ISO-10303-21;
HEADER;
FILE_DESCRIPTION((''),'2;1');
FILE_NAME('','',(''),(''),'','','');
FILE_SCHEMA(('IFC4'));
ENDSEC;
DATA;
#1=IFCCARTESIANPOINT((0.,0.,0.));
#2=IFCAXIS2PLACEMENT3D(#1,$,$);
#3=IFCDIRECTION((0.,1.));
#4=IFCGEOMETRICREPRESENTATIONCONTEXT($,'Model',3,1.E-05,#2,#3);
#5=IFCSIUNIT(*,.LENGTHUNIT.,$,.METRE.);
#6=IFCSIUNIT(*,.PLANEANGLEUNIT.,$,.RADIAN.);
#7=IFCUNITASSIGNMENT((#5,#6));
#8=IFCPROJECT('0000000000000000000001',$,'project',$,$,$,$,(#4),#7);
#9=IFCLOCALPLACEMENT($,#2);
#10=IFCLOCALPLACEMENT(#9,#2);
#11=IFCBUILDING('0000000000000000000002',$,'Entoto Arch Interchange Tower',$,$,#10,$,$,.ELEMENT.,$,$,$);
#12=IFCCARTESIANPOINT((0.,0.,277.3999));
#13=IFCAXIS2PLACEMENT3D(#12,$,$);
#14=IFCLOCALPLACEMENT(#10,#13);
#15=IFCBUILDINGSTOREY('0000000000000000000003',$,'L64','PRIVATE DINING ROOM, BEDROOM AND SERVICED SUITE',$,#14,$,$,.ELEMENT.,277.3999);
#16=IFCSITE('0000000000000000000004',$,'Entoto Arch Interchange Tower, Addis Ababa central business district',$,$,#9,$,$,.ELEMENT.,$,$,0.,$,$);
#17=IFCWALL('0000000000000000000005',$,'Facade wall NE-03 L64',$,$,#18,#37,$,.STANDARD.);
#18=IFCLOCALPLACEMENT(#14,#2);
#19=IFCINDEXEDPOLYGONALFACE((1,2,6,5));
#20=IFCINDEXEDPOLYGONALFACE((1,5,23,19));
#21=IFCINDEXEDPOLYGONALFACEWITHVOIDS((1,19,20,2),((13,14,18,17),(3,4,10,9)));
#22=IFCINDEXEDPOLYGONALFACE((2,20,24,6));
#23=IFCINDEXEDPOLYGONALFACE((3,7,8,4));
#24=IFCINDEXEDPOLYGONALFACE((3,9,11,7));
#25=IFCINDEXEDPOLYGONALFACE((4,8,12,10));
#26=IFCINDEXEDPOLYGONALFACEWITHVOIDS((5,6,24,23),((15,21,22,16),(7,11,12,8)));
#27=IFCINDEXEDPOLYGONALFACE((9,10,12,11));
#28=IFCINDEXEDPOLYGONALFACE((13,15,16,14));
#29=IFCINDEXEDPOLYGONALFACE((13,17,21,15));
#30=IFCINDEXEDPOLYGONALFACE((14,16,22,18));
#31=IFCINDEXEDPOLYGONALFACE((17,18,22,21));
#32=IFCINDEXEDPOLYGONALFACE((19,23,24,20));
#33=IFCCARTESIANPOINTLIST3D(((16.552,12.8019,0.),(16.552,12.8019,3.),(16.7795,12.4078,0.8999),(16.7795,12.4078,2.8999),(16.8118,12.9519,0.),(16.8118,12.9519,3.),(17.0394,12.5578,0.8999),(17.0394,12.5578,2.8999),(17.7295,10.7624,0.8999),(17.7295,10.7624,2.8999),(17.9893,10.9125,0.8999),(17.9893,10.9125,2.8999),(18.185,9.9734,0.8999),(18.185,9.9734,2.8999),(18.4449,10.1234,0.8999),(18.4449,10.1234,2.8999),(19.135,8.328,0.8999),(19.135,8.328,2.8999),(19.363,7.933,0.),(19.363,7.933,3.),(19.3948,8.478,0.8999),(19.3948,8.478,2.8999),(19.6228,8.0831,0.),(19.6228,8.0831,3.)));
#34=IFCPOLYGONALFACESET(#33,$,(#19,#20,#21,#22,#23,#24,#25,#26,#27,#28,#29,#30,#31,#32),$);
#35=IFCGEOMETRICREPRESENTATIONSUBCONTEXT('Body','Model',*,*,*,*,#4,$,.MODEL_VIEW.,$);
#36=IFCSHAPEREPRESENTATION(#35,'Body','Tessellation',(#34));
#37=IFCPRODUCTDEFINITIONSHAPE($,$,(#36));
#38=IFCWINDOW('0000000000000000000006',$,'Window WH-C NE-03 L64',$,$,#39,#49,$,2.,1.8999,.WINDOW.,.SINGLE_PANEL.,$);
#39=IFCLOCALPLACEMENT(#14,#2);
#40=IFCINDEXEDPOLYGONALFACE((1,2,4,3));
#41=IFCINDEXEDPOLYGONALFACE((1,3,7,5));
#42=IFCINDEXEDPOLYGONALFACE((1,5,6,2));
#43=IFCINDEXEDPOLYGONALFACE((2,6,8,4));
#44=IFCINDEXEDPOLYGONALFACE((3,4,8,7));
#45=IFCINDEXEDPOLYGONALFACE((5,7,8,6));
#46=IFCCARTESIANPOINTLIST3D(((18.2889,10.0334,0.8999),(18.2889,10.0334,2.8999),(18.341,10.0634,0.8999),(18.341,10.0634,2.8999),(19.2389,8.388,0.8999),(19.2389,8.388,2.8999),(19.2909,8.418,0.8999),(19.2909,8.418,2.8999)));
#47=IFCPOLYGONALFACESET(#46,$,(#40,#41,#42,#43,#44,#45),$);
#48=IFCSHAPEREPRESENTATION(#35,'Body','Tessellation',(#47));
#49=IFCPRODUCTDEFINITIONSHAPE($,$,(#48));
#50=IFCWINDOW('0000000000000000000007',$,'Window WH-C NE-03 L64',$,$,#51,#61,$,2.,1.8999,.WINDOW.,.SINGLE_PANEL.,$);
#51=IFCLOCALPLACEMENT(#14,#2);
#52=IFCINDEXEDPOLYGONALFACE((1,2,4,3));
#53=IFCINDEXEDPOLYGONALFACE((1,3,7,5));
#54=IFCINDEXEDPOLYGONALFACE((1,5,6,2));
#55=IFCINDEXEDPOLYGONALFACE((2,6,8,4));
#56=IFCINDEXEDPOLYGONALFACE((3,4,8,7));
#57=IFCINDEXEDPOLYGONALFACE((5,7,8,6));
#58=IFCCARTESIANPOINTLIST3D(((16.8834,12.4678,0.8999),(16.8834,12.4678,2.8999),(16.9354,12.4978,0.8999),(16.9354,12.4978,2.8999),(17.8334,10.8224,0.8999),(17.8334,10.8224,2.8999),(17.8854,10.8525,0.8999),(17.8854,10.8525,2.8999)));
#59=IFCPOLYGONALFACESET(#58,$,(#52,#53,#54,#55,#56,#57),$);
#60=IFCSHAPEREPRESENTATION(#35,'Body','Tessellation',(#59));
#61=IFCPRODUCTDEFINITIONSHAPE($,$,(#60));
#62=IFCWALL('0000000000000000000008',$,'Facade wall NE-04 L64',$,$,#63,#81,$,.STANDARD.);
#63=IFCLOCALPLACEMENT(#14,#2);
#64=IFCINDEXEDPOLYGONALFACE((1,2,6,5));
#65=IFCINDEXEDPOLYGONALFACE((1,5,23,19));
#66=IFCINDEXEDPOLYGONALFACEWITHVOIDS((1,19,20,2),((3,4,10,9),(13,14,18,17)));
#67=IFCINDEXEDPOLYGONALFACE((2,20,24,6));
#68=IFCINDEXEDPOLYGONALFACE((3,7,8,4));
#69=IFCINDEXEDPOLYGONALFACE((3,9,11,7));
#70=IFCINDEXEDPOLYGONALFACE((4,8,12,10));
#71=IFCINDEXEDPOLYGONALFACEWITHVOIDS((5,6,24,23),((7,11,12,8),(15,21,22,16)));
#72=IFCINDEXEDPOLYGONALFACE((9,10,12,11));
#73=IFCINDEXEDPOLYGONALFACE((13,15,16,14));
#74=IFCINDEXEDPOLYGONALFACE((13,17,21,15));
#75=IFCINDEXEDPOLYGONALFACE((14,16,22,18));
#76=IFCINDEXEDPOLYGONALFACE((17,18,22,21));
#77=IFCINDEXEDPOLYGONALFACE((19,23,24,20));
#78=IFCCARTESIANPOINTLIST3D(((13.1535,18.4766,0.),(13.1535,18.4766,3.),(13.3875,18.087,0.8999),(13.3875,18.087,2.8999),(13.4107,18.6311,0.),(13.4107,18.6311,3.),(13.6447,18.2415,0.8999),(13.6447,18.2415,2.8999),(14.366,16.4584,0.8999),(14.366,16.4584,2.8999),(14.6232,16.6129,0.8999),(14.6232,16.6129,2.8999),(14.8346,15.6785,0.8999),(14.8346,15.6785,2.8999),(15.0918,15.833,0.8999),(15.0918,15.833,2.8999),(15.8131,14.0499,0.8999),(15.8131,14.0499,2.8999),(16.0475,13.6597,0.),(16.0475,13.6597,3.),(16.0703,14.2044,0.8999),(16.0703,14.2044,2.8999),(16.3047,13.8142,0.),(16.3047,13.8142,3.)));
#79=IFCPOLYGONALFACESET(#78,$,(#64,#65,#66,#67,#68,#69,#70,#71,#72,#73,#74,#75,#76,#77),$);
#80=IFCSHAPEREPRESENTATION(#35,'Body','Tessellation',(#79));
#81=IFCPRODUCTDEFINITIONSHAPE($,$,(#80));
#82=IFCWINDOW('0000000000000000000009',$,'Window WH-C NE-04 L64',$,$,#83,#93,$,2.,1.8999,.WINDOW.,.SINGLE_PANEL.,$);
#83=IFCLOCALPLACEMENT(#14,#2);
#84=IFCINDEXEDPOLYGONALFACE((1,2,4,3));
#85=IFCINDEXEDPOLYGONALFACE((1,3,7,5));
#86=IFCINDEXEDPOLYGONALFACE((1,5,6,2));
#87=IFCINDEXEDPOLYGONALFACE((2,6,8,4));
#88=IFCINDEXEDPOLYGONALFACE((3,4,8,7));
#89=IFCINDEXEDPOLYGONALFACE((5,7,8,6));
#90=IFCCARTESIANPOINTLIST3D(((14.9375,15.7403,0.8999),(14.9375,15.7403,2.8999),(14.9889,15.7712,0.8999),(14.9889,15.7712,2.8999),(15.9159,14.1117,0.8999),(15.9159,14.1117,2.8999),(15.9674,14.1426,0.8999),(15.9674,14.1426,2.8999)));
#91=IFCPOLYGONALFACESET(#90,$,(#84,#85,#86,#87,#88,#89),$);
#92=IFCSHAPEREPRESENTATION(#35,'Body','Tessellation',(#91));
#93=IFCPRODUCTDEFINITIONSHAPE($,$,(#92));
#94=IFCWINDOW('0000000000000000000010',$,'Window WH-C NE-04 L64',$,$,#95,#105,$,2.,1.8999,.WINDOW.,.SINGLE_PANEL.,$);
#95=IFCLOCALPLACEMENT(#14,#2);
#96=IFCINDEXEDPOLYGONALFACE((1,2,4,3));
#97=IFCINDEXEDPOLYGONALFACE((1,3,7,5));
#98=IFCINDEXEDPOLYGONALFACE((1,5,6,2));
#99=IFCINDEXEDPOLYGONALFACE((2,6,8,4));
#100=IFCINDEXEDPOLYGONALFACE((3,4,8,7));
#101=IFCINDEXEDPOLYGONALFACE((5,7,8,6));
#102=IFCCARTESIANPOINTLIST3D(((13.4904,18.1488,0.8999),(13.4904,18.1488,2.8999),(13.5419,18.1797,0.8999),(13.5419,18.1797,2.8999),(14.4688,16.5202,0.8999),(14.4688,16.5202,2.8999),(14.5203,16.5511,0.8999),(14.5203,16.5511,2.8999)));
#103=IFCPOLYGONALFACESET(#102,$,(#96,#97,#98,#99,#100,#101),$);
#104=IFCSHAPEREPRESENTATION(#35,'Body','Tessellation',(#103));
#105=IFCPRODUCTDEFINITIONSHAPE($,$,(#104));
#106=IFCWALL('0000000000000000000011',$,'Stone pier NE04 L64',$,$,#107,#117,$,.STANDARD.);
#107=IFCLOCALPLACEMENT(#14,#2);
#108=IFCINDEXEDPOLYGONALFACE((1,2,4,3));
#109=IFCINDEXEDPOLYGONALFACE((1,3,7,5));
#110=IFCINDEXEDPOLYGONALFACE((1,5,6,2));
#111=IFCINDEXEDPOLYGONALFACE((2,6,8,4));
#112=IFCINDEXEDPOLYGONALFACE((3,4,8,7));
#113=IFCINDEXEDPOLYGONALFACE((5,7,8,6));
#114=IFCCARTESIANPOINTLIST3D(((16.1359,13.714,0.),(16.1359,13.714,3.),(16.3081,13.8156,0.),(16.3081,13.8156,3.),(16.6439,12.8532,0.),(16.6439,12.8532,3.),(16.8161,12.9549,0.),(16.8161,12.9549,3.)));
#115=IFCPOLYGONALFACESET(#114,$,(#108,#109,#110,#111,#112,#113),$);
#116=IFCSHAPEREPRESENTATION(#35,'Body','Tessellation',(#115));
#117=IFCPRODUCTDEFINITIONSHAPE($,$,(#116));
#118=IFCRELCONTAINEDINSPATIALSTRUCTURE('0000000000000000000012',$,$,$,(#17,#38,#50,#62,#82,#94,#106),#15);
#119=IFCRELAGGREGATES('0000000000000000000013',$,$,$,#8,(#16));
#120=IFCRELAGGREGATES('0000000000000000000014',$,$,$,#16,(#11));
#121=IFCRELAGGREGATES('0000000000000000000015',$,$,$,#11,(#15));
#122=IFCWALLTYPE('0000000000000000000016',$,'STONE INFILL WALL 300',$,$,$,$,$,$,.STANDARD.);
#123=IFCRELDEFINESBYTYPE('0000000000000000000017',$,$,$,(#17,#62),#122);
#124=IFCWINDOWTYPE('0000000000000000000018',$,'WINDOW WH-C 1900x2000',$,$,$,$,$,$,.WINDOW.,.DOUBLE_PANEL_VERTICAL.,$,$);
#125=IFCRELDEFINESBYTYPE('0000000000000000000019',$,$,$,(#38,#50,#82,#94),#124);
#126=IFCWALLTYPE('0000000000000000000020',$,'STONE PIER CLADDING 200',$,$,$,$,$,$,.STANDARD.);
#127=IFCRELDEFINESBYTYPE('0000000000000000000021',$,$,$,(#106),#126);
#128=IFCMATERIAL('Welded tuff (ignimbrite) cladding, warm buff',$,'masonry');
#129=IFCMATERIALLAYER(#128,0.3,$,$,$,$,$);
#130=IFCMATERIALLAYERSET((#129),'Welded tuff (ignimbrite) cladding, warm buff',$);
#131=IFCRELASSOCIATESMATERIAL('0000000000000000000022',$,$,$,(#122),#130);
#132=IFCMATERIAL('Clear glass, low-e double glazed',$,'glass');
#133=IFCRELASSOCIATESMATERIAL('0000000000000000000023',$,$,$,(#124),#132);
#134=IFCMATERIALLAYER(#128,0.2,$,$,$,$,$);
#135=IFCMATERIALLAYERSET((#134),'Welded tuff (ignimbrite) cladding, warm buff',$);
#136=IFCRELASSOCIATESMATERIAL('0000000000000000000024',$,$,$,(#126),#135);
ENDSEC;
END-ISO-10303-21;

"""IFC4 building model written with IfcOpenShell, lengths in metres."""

from ifc_helpers import new_model, si_unit, direction, frame, frame_2d, origin, place, context, subcontext, project, spatial, rectangle, extrude, material, layer, layer_set, type_object, element, fill, save


model = new_model("IFC4")

# Units and contexts
model_context = context("Model", 3, precision=1e-05, world=origin(), true_north=direction((0.0, 1.0)))
body_context = subcontext(model_context, "Body", "Model", "MODEL_VIEW")
ifc_project = project(units=[si_unit("LENGTHUNIT", "METRE"), si_unit("PLANEANGLEUNIT", "RADIAN")], contexts=[model_context])

# Site, building, storey
site_placement = place(None, origin())
site = spatial("IfcSite", under=ifc_project, at=site_placement, Name="Entoto Arch Interchange Tower, Addis Ababa central business district", CompositionType="ELEMENT", RefElevation=0.0)
building_placement = place(site_placement, origin())
building = spatial("IfcBuilding", under=site, at=building_placement, Name="Entoto Arch Interchange Tower", CompositionType="ELEMENT")
storey_placement = place(building_placement, frame((0.0, 0.0, 277.3999)))
storey = spatial("IfcBuildingStorey", under=building, at=storey_placement, Name="L64", Description="PRIVATE DINING ROOM, BEDROOM AND SERVICED SUITE", CompositionType="ELEMENT", Elevation=277.3999)

# Walls, openings, windows
ifc_material_1 = material(Name="Welded tuff (ignimbrite) cladding, warm buff", Category="masonry")
ifc_layer_1 = layer(ifc_material_1, 0.3)
ifc_layer_set_1 = layer_set([ifc_layer_1], Name="Welded tuff (ignimbrite) cladding, warm buff")
wall_type_1 = type_object("IfcWallType", Name="STONE INFILL WALL 300", PredefinedType="STANDARD", material=ifc_layer_set_1)
wall_1_placement = place(storey_placement, frame((19.4929, 8.0081, 0.0), z_axis=(0.0, 0.0, 1.0), x_axis=(-0.499997, 0.866027, 0.0)))
wall_1 = element("IfcWall", 1, at=wall_1_placement, inside=storey, type_object=wall_type_1, Name="Facade wall NE-03 L64", PredefinedType="STANDARD", context=body_context, shape_type="SweptSolid", body=[
    extrude(rectangle(XDim=5.6221, YDim=0.3, at=frame_2d((2.811, 0.0))), origin(), (0.0, 0.0, 1.0), 3.0),
])
opening_1_placement = place(wall_1_placement, frame((0.4561, 0.0, 0.8999)))
opening_1 = element("IfcOpeningElement", 2, at=opening_1_placement, cuts=wall_1, PredefinedType="OPENING", context=body_context, shape_type="SweptSolid", body=[
    extrude(rectangle(XDim=1.8999, YDim=2.0, at=frame_2d((0.95, 1.0))), frame((0.0, 0.1602, 0.0), z_axis=(0.0, -1.0, 0.0), x_axis=(1.0, 0.0, 0.0)), (0.0, 0.0, 1.0), 0.3201),
])
opening_2_placement = place(wall_1_placement, frame((3.2671, 0.0, 0.8999)))
opening_2 = element("IfcOpeningElement", 3, at=opening_2_placement, cuts=wall_1, PredefinedType="OPENING", context=body_context, shape_type="SweptSolid", body=[
    extrude(rectangle(XDim=1.8999, YDim=2.0, at=frame_2d((0.95, 1.0))), frame((0.0, 0.1602, 0.0), z_axis=(0.0, -1.0, 0.0), x_axis=(1.0, 0.0, 0.0)), (0.0, 0.0, 1.0), 0.3201),
])
ifc_material_2 = material(Name="Clear glass, low-e double glazed", Category="glass")
window_type = type_object("IfcWindowType", Name="WINDOW WH-C 1900x2000", PartitioningType="DOUBLE_PANEL_VERTICAL", PredefinedType="WINDOW", material=ifc_material_2)
window_1_placement = place(opening_1_placement, origin())
window_1 = element("IfcWindow", 4, at=window_1_placement, inside=storey, type_object=window_type, Name="Window WH-C NE-03 L64", OverallHeight=2.0, OverallWidth=1.8999, PartitioningType="SINGLE_PANEL", PredefinedType="WINDOW", context=body_context, shape_type="SweptSolid", body=[
    extrude(rectangle(XDim=1.8999, YDim=2.0, at=frame_2d((0.95, 1.0))), frame((0.0, 0.03, 0.0), z_axis=(0.0, -1.0, 0.0), x_axis=(1.0, 0.0, 0.0)), (0.0, 0.0, 1.0), 0.0601),
])
fill(opening_1, window_1)
window_2_placement = place(opening_2_placement, origin())
window_2 = element("IfcWindow", 5, at=window_2_placement, inside=storey, type_object=window_type, Name="Window WH-C NE-03 L64", OverallHeight=2.0, OverallWidth=1.8999, PartitioningType="SINGLE_PANEL", PredefinedType="WINDOW", context=body_context, shape_type="SweptSolid", body=[
    extrude(rectangle(XDim=1.8999, YDim=2.0, at=frame_2d((0.95, 1.0))), frame((0.0, 0.03, 0.0), z_axis=(0.0, -1.0, 0.0), x_axis=(1.0, 0.0, 0.0)), (0.0, 0.0, 1.0), 0.0601),
])
fill(opening_2, window_2)
wall_2_placement = place(storey_placement, frame((16.176, 13.7371, 0.0), z_axis=(0.0, 0.0, 1.0), x_axis=(-0.515007, 0.857186, 0.0)))
wall_2 = element("IfcWall", 6, at=wall_2_placement, inside=storey, type_object=wall_type_1, Name="Facade wall NE-04 L64", PredefinedType="STANDARD", context=body_context, shape_type="SweptSolid", body=[
    extrude(rectangle(XDim=5.6194, YDim=0.3, at=frame_2d((2.8096, 0.0))), origin(), (0.0, 0.0, 1.0), 3.0),
])
opening_3_placement = place(wall_2_placement, frame((0.4551, 0.0, 0.8999)))
opening_3 = element("IfcOpeningElement", 7, at=opening_3_placement, cuts=wall_2, PredefinedType="OPENING", context=body_context, shape_type="SweptSolid", body=[
    extrude(rectangle(XDim=1.8999, YDim=2.0, at=frame_2d((0.95, 1.0))), frame((0.0, 0.1602, 0.0), z_axis=(0.0, -1.0, 0.0), x_axis=(1.0, 0.0, 0.0)), (0.0, 0.0, 1.0), 0.3201),
])
opening_4_placement = place(wall_2_placement, frame((3.2649, 0.0, 0.8999)))
opening_4 = element("IfcOpeningElement", 8, at=opening_4_placement, cuts=wall_2, PredefinedType="OPENING", context=body_context, shape_type="SweptSolid", body=[
    extrude(rectangle(XDim=1.8999, YDim=2.0, at=frame_2d((0.95, 1.0))), frame((0.0, 0.1602, 0.0), z_axis=(0.0, -1.0, 0.0), x_axis=(1.0, 0.0, 0.0)), (0.0, 0.0, 1.0), 0.3201),
])
window_3_placement = place(opening_3_placement, origin())
window_3 = element("IfcWindow", 9, at=window_3_placement, inside=storey, type_object=window_type, Name="Window WH-C NE-04 L64", OverallHeight=2.0, OverallWidth=1.8999, PartitioningType="SINGLE_PANEL", PredefinedType="WINDOW", context=body_context, shape_type="SweptSolid", body=[
    extrude(rectangle(XDim=1.8999, YDim=2.0, at=frame_2d((0.95, 1.0))), frame((0.0, 0.03, 0.0), z_axis=(0.0, -1.0, 0.0), x_axis=(1.0, 0.0, 0.0)), (0.0, 0.0, 1.0), 0.0601),
])
fill(opening_3, window_3)
window_4_placement = place(opening_4_placement, origin())
window_4 = element("IfcWindow", 10, at=window_4_placement, inside=storey, type_object=window_type, Name="Window WH-C NE-04 L64", OverallHeight=2.0, OverallWidth=1.8999, PartitioningType="SINGLE_PANEL", PredefinedType="WINDOW", context=body_context, shape_type="SweptSolid", body=[
    extrude(rectangle(XDim=1.8999, YDim=2.0, at=frame_2d((0.95, 1.0))), frame((0.0, 0.03, 0.0), z_axis=(0.0, -1.0, 0.0), x_axis=(1.0, 0.0, 0.0)), (0.0, 0.0, 1.0), 0.0601),
])
fill(opening_4, window_4)

# Wall
ifc_layer_2 = layer(ifc_material_1, 0.2)
ifc_layer_set_2 = layer_set([ifc_layer_2], Name="Welded tuff (ignimbrite) cladding, warm buff")
wall_type_2 = type_object("IfcWallType", Name="STONE PIER CLADDING 200", PredefinedType="STANDARD", material=ifc_layer_set_2)
wall_3_placement = place(storey_placement, frame((16.73, 12.9041, 0.0), z_axis=(0.0, 0.0, 1.0), x_axis=(-0.508268, 0.861199, 0.0)))
element("IfcWall", 11, at=wall_3_placement, inside=storey, type_object=wall_type_2, Name="Stone pier NE04 L64", PredefinedType="STANDARD", context=body_context, shape_type="SweptSolid", body=[
    extrude(rectangle(XDim=0.9995, YDim=0.2, at=frame_2d((0.4998, 0.0))), origin(), (0.0, 0.0, 1.0), 3.0),
])

save(model, "model.ifc")
